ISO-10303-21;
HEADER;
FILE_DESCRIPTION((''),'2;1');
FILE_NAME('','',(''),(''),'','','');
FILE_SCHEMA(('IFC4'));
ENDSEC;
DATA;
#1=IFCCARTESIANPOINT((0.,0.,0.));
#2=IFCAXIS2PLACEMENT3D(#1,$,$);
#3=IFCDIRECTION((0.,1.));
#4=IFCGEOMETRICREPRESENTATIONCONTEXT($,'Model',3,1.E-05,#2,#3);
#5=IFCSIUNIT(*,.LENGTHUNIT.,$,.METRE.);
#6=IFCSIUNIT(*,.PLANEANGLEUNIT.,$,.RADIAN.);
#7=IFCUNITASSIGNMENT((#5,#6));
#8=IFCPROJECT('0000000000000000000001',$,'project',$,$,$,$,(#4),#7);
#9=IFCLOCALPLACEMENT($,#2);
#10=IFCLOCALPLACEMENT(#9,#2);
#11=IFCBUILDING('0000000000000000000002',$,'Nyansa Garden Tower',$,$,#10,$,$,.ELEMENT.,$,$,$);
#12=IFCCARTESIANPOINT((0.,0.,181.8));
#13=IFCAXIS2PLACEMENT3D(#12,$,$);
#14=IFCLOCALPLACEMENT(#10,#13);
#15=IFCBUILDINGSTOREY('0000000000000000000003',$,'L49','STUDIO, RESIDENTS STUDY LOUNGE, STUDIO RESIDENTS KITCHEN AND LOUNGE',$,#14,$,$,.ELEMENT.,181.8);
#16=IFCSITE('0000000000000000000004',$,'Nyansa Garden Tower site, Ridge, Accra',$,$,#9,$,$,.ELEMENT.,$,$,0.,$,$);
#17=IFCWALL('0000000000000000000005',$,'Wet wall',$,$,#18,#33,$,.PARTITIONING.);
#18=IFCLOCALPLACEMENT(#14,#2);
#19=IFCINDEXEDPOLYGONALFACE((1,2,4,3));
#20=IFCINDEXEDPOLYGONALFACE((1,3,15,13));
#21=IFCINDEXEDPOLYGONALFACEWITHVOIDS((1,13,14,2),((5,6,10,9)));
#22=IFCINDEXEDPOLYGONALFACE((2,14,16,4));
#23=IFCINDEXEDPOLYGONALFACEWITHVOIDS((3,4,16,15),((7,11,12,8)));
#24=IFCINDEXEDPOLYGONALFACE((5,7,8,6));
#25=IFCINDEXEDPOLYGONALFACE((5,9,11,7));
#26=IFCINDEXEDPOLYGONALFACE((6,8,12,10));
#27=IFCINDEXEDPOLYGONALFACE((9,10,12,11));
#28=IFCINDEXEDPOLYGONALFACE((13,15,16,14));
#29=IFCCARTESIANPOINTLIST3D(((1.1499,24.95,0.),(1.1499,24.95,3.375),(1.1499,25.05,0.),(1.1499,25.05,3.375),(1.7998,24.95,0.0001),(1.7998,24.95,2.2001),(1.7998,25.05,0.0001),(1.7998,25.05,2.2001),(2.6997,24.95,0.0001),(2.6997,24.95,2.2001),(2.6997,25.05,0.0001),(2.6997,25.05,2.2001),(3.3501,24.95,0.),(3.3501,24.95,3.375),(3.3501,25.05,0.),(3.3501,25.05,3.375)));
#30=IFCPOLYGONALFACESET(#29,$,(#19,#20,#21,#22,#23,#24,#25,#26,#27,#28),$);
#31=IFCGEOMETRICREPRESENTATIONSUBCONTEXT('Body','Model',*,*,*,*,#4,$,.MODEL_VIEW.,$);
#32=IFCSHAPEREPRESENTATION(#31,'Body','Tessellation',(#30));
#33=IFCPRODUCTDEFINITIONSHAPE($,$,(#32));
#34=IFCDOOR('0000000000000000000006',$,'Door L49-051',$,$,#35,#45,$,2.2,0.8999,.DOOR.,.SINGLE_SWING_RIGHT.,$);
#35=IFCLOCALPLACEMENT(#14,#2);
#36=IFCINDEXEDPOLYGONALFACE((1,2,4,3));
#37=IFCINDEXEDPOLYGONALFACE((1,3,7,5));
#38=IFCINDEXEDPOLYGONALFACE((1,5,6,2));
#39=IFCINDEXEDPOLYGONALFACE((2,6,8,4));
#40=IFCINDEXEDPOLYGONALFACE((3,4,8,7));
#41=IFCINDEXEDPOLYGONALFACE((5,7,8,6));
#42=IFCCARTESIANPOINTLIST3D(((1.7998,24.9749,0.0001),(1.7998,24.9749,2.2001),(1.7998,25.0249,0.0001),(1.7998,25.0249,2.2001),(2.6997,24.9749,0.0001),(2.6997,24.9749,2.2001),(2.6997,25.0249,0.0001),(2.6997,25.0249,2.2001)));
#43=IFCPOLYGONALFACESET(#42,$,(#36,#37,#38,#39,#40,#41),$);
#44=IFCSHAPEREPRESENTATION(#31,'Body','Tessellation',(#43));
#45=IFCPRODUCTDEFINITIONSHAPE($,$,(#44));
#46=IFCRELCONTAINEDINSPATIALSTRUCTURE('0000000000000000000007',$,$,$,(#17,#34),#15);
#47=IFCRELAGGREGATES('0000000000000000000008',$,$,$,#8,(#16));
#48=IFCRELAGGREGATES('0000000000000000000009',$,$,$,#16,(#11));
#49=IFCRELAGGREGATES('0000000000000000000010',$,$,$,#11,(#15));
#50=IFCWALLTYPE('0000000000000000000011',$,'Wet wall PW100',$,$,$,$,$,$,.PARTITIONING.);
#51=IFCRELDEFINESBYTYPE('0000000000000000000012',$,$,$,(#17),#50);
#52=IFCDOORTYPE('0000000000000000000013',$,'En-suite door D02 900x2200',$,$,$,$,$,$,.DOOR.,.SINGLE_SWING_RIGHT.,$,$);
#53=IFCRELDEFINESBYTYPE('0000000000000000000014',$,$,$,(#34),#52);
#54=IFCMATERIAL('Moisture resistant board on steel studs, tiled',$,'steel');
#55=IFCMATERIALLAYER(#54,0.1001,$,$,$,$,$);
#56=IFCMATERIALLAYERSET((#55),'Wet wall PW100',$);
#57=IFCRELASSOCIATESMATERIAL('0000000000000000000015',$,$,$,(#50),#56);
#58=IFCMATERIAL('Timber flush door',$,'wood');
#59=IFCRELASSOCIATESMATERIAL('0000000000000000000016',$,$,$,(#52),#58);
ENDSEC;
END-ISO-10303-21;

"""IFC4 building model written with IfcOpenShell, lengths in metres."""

from ifc_helpers import new_model, si_unit, direction, frame, frame_2d, origin, place, context, subcontext, project, spatial, rectangle, extrude, material, layer, layer_set, type_object, element, fill, save


model = new_model("IFC4")

# Units and contexts
model_context = context("Model", 3, precision=1e-05, world=origin(), true_north=direction((0.0, 1.0)))
body_context = subcontext(model_context, "Body", "Model", "MODEL_VIEW")
ifc_project = project(units=[si_unit("LENGTHUNIT", "METRE"), si_unit("PLANEANGLEUNIT", "RADIAN")], contexts=[model_context])

# Site, building, storey
site_placement = place(None, origin())
site = spatial("IfcSite", under=ifc_project, at=site_placement, Name="Nyansa Garden Tower site, Ridge, Accra", CompositionType="ELEMENT", RefElevation=0.0)
building_placement = place(site_placement, origin())
building = spatial("IfcBuilding", under=site, at=building_placement, Name="Nyansa Garden Tower", CompositionType="ELEMENT")
storey_placement = place(building_placement, frame((0.0, 0.0, 181.8)))
storey = spatial("IfcBuildingStorey", under=building, at=storey_placement, Name="L49", Description="STUDIO, RESIDENTS STUDY LOUNGE, STUDIO RESIDENTS KITCHEN AND LOUNGE", CompositionType="ELEMENT", Elevation=181.8)

# Shared definitions
ifc_material_1 = material(Name="Moisture resistant board on steel studs, tiled", Category="steel")
ifc_layer_1 = layer(ifc_material_1, 0.1001)
ifc_layer_set_1 = layer_set([ifc_layer_1], Name="Wet wall PW100")
wall_type_1 = type_object("IfcWallType", Name="Wet wall PW100", PredefinedType="PARTITIONING", material=ifc_layer_set_1)
ifc_material_2 = material(Name="Timber flush door", Category="wood")
door_type = type_object("IfcDoorType", Name="En-suite door D02 900x2200", OperationType="SINGLE_SWING_RIGHT", PredefinedType="DOOR", material=ifc_material_2)

# Wall, opening, door
wall_1_placement = place(storey_placement, frame((1.1499, 25.0, 0.0), z_axis=(0.0, 0.0, 1.0), x_axis=(1.0, 0.0, 0.0)))
wall_1 = element("IfcWall", 1, at=wall_1_placement, inside=storey, type_object=wall_type_1, Name="Wet wall", PredefinedType="PARTITIONING", context=body_context, shape_type="SweptSolid", body=[
    extrude(rectangle(XDim=2.2002, YDim=0.1001, at=frame_2d((1.1001, 0.0))), origin(), (0.0, 0.0, 1.0), 3.375),
])
opening_1_placement = place(wall_1_placement, frame((0.6499, 0.0, 0.0)))
opening_1 = element("IfcOpeningElement", 2, at=opening_1_placement, cuts=wall_1, PredefinedType="OPENING", context=body_context, shape_type="SweptSolid", body=[
    extrude(rectangle(XDim=0.8999, YDim=2.2, at=frame_2d((0.45, 1.1001))), frame((0.0, 0.0601, 0.0), z_axis=(0.0, -1.0, 0.0), x_axis=(1.0, 0.0, 0.0)), (0.0, 0.0, 1.0), 0.1201),
])
door_1_placement = place(opening_1_placement, origin())
door_1 = element("IfcDoor", 3, at=door_1_placement, inside=storey, type_object=door_type, Name="Door L49-051", OperationType="SINGLE_SWING_RIGHT", OverallHeight=2.2, OverallWidth=0.8999, PredefinedType="DOOR", context=body_context, shape_type="SweptSolid", body=[
    extrude(rectangle(XDim=0.8999, YDim=2.2, at=frame_2d((0.45, 1.1001))), frame((0.0, 0.0249, 0.0), z_axis=(0.0, -1.0, 0.0), x_axis=(1.0, 0.0, 0.0)), (0.0, 0.0, 1.0), 0.05),
])
fill(opening_1, door_1)

save(model, "model.ifc")
